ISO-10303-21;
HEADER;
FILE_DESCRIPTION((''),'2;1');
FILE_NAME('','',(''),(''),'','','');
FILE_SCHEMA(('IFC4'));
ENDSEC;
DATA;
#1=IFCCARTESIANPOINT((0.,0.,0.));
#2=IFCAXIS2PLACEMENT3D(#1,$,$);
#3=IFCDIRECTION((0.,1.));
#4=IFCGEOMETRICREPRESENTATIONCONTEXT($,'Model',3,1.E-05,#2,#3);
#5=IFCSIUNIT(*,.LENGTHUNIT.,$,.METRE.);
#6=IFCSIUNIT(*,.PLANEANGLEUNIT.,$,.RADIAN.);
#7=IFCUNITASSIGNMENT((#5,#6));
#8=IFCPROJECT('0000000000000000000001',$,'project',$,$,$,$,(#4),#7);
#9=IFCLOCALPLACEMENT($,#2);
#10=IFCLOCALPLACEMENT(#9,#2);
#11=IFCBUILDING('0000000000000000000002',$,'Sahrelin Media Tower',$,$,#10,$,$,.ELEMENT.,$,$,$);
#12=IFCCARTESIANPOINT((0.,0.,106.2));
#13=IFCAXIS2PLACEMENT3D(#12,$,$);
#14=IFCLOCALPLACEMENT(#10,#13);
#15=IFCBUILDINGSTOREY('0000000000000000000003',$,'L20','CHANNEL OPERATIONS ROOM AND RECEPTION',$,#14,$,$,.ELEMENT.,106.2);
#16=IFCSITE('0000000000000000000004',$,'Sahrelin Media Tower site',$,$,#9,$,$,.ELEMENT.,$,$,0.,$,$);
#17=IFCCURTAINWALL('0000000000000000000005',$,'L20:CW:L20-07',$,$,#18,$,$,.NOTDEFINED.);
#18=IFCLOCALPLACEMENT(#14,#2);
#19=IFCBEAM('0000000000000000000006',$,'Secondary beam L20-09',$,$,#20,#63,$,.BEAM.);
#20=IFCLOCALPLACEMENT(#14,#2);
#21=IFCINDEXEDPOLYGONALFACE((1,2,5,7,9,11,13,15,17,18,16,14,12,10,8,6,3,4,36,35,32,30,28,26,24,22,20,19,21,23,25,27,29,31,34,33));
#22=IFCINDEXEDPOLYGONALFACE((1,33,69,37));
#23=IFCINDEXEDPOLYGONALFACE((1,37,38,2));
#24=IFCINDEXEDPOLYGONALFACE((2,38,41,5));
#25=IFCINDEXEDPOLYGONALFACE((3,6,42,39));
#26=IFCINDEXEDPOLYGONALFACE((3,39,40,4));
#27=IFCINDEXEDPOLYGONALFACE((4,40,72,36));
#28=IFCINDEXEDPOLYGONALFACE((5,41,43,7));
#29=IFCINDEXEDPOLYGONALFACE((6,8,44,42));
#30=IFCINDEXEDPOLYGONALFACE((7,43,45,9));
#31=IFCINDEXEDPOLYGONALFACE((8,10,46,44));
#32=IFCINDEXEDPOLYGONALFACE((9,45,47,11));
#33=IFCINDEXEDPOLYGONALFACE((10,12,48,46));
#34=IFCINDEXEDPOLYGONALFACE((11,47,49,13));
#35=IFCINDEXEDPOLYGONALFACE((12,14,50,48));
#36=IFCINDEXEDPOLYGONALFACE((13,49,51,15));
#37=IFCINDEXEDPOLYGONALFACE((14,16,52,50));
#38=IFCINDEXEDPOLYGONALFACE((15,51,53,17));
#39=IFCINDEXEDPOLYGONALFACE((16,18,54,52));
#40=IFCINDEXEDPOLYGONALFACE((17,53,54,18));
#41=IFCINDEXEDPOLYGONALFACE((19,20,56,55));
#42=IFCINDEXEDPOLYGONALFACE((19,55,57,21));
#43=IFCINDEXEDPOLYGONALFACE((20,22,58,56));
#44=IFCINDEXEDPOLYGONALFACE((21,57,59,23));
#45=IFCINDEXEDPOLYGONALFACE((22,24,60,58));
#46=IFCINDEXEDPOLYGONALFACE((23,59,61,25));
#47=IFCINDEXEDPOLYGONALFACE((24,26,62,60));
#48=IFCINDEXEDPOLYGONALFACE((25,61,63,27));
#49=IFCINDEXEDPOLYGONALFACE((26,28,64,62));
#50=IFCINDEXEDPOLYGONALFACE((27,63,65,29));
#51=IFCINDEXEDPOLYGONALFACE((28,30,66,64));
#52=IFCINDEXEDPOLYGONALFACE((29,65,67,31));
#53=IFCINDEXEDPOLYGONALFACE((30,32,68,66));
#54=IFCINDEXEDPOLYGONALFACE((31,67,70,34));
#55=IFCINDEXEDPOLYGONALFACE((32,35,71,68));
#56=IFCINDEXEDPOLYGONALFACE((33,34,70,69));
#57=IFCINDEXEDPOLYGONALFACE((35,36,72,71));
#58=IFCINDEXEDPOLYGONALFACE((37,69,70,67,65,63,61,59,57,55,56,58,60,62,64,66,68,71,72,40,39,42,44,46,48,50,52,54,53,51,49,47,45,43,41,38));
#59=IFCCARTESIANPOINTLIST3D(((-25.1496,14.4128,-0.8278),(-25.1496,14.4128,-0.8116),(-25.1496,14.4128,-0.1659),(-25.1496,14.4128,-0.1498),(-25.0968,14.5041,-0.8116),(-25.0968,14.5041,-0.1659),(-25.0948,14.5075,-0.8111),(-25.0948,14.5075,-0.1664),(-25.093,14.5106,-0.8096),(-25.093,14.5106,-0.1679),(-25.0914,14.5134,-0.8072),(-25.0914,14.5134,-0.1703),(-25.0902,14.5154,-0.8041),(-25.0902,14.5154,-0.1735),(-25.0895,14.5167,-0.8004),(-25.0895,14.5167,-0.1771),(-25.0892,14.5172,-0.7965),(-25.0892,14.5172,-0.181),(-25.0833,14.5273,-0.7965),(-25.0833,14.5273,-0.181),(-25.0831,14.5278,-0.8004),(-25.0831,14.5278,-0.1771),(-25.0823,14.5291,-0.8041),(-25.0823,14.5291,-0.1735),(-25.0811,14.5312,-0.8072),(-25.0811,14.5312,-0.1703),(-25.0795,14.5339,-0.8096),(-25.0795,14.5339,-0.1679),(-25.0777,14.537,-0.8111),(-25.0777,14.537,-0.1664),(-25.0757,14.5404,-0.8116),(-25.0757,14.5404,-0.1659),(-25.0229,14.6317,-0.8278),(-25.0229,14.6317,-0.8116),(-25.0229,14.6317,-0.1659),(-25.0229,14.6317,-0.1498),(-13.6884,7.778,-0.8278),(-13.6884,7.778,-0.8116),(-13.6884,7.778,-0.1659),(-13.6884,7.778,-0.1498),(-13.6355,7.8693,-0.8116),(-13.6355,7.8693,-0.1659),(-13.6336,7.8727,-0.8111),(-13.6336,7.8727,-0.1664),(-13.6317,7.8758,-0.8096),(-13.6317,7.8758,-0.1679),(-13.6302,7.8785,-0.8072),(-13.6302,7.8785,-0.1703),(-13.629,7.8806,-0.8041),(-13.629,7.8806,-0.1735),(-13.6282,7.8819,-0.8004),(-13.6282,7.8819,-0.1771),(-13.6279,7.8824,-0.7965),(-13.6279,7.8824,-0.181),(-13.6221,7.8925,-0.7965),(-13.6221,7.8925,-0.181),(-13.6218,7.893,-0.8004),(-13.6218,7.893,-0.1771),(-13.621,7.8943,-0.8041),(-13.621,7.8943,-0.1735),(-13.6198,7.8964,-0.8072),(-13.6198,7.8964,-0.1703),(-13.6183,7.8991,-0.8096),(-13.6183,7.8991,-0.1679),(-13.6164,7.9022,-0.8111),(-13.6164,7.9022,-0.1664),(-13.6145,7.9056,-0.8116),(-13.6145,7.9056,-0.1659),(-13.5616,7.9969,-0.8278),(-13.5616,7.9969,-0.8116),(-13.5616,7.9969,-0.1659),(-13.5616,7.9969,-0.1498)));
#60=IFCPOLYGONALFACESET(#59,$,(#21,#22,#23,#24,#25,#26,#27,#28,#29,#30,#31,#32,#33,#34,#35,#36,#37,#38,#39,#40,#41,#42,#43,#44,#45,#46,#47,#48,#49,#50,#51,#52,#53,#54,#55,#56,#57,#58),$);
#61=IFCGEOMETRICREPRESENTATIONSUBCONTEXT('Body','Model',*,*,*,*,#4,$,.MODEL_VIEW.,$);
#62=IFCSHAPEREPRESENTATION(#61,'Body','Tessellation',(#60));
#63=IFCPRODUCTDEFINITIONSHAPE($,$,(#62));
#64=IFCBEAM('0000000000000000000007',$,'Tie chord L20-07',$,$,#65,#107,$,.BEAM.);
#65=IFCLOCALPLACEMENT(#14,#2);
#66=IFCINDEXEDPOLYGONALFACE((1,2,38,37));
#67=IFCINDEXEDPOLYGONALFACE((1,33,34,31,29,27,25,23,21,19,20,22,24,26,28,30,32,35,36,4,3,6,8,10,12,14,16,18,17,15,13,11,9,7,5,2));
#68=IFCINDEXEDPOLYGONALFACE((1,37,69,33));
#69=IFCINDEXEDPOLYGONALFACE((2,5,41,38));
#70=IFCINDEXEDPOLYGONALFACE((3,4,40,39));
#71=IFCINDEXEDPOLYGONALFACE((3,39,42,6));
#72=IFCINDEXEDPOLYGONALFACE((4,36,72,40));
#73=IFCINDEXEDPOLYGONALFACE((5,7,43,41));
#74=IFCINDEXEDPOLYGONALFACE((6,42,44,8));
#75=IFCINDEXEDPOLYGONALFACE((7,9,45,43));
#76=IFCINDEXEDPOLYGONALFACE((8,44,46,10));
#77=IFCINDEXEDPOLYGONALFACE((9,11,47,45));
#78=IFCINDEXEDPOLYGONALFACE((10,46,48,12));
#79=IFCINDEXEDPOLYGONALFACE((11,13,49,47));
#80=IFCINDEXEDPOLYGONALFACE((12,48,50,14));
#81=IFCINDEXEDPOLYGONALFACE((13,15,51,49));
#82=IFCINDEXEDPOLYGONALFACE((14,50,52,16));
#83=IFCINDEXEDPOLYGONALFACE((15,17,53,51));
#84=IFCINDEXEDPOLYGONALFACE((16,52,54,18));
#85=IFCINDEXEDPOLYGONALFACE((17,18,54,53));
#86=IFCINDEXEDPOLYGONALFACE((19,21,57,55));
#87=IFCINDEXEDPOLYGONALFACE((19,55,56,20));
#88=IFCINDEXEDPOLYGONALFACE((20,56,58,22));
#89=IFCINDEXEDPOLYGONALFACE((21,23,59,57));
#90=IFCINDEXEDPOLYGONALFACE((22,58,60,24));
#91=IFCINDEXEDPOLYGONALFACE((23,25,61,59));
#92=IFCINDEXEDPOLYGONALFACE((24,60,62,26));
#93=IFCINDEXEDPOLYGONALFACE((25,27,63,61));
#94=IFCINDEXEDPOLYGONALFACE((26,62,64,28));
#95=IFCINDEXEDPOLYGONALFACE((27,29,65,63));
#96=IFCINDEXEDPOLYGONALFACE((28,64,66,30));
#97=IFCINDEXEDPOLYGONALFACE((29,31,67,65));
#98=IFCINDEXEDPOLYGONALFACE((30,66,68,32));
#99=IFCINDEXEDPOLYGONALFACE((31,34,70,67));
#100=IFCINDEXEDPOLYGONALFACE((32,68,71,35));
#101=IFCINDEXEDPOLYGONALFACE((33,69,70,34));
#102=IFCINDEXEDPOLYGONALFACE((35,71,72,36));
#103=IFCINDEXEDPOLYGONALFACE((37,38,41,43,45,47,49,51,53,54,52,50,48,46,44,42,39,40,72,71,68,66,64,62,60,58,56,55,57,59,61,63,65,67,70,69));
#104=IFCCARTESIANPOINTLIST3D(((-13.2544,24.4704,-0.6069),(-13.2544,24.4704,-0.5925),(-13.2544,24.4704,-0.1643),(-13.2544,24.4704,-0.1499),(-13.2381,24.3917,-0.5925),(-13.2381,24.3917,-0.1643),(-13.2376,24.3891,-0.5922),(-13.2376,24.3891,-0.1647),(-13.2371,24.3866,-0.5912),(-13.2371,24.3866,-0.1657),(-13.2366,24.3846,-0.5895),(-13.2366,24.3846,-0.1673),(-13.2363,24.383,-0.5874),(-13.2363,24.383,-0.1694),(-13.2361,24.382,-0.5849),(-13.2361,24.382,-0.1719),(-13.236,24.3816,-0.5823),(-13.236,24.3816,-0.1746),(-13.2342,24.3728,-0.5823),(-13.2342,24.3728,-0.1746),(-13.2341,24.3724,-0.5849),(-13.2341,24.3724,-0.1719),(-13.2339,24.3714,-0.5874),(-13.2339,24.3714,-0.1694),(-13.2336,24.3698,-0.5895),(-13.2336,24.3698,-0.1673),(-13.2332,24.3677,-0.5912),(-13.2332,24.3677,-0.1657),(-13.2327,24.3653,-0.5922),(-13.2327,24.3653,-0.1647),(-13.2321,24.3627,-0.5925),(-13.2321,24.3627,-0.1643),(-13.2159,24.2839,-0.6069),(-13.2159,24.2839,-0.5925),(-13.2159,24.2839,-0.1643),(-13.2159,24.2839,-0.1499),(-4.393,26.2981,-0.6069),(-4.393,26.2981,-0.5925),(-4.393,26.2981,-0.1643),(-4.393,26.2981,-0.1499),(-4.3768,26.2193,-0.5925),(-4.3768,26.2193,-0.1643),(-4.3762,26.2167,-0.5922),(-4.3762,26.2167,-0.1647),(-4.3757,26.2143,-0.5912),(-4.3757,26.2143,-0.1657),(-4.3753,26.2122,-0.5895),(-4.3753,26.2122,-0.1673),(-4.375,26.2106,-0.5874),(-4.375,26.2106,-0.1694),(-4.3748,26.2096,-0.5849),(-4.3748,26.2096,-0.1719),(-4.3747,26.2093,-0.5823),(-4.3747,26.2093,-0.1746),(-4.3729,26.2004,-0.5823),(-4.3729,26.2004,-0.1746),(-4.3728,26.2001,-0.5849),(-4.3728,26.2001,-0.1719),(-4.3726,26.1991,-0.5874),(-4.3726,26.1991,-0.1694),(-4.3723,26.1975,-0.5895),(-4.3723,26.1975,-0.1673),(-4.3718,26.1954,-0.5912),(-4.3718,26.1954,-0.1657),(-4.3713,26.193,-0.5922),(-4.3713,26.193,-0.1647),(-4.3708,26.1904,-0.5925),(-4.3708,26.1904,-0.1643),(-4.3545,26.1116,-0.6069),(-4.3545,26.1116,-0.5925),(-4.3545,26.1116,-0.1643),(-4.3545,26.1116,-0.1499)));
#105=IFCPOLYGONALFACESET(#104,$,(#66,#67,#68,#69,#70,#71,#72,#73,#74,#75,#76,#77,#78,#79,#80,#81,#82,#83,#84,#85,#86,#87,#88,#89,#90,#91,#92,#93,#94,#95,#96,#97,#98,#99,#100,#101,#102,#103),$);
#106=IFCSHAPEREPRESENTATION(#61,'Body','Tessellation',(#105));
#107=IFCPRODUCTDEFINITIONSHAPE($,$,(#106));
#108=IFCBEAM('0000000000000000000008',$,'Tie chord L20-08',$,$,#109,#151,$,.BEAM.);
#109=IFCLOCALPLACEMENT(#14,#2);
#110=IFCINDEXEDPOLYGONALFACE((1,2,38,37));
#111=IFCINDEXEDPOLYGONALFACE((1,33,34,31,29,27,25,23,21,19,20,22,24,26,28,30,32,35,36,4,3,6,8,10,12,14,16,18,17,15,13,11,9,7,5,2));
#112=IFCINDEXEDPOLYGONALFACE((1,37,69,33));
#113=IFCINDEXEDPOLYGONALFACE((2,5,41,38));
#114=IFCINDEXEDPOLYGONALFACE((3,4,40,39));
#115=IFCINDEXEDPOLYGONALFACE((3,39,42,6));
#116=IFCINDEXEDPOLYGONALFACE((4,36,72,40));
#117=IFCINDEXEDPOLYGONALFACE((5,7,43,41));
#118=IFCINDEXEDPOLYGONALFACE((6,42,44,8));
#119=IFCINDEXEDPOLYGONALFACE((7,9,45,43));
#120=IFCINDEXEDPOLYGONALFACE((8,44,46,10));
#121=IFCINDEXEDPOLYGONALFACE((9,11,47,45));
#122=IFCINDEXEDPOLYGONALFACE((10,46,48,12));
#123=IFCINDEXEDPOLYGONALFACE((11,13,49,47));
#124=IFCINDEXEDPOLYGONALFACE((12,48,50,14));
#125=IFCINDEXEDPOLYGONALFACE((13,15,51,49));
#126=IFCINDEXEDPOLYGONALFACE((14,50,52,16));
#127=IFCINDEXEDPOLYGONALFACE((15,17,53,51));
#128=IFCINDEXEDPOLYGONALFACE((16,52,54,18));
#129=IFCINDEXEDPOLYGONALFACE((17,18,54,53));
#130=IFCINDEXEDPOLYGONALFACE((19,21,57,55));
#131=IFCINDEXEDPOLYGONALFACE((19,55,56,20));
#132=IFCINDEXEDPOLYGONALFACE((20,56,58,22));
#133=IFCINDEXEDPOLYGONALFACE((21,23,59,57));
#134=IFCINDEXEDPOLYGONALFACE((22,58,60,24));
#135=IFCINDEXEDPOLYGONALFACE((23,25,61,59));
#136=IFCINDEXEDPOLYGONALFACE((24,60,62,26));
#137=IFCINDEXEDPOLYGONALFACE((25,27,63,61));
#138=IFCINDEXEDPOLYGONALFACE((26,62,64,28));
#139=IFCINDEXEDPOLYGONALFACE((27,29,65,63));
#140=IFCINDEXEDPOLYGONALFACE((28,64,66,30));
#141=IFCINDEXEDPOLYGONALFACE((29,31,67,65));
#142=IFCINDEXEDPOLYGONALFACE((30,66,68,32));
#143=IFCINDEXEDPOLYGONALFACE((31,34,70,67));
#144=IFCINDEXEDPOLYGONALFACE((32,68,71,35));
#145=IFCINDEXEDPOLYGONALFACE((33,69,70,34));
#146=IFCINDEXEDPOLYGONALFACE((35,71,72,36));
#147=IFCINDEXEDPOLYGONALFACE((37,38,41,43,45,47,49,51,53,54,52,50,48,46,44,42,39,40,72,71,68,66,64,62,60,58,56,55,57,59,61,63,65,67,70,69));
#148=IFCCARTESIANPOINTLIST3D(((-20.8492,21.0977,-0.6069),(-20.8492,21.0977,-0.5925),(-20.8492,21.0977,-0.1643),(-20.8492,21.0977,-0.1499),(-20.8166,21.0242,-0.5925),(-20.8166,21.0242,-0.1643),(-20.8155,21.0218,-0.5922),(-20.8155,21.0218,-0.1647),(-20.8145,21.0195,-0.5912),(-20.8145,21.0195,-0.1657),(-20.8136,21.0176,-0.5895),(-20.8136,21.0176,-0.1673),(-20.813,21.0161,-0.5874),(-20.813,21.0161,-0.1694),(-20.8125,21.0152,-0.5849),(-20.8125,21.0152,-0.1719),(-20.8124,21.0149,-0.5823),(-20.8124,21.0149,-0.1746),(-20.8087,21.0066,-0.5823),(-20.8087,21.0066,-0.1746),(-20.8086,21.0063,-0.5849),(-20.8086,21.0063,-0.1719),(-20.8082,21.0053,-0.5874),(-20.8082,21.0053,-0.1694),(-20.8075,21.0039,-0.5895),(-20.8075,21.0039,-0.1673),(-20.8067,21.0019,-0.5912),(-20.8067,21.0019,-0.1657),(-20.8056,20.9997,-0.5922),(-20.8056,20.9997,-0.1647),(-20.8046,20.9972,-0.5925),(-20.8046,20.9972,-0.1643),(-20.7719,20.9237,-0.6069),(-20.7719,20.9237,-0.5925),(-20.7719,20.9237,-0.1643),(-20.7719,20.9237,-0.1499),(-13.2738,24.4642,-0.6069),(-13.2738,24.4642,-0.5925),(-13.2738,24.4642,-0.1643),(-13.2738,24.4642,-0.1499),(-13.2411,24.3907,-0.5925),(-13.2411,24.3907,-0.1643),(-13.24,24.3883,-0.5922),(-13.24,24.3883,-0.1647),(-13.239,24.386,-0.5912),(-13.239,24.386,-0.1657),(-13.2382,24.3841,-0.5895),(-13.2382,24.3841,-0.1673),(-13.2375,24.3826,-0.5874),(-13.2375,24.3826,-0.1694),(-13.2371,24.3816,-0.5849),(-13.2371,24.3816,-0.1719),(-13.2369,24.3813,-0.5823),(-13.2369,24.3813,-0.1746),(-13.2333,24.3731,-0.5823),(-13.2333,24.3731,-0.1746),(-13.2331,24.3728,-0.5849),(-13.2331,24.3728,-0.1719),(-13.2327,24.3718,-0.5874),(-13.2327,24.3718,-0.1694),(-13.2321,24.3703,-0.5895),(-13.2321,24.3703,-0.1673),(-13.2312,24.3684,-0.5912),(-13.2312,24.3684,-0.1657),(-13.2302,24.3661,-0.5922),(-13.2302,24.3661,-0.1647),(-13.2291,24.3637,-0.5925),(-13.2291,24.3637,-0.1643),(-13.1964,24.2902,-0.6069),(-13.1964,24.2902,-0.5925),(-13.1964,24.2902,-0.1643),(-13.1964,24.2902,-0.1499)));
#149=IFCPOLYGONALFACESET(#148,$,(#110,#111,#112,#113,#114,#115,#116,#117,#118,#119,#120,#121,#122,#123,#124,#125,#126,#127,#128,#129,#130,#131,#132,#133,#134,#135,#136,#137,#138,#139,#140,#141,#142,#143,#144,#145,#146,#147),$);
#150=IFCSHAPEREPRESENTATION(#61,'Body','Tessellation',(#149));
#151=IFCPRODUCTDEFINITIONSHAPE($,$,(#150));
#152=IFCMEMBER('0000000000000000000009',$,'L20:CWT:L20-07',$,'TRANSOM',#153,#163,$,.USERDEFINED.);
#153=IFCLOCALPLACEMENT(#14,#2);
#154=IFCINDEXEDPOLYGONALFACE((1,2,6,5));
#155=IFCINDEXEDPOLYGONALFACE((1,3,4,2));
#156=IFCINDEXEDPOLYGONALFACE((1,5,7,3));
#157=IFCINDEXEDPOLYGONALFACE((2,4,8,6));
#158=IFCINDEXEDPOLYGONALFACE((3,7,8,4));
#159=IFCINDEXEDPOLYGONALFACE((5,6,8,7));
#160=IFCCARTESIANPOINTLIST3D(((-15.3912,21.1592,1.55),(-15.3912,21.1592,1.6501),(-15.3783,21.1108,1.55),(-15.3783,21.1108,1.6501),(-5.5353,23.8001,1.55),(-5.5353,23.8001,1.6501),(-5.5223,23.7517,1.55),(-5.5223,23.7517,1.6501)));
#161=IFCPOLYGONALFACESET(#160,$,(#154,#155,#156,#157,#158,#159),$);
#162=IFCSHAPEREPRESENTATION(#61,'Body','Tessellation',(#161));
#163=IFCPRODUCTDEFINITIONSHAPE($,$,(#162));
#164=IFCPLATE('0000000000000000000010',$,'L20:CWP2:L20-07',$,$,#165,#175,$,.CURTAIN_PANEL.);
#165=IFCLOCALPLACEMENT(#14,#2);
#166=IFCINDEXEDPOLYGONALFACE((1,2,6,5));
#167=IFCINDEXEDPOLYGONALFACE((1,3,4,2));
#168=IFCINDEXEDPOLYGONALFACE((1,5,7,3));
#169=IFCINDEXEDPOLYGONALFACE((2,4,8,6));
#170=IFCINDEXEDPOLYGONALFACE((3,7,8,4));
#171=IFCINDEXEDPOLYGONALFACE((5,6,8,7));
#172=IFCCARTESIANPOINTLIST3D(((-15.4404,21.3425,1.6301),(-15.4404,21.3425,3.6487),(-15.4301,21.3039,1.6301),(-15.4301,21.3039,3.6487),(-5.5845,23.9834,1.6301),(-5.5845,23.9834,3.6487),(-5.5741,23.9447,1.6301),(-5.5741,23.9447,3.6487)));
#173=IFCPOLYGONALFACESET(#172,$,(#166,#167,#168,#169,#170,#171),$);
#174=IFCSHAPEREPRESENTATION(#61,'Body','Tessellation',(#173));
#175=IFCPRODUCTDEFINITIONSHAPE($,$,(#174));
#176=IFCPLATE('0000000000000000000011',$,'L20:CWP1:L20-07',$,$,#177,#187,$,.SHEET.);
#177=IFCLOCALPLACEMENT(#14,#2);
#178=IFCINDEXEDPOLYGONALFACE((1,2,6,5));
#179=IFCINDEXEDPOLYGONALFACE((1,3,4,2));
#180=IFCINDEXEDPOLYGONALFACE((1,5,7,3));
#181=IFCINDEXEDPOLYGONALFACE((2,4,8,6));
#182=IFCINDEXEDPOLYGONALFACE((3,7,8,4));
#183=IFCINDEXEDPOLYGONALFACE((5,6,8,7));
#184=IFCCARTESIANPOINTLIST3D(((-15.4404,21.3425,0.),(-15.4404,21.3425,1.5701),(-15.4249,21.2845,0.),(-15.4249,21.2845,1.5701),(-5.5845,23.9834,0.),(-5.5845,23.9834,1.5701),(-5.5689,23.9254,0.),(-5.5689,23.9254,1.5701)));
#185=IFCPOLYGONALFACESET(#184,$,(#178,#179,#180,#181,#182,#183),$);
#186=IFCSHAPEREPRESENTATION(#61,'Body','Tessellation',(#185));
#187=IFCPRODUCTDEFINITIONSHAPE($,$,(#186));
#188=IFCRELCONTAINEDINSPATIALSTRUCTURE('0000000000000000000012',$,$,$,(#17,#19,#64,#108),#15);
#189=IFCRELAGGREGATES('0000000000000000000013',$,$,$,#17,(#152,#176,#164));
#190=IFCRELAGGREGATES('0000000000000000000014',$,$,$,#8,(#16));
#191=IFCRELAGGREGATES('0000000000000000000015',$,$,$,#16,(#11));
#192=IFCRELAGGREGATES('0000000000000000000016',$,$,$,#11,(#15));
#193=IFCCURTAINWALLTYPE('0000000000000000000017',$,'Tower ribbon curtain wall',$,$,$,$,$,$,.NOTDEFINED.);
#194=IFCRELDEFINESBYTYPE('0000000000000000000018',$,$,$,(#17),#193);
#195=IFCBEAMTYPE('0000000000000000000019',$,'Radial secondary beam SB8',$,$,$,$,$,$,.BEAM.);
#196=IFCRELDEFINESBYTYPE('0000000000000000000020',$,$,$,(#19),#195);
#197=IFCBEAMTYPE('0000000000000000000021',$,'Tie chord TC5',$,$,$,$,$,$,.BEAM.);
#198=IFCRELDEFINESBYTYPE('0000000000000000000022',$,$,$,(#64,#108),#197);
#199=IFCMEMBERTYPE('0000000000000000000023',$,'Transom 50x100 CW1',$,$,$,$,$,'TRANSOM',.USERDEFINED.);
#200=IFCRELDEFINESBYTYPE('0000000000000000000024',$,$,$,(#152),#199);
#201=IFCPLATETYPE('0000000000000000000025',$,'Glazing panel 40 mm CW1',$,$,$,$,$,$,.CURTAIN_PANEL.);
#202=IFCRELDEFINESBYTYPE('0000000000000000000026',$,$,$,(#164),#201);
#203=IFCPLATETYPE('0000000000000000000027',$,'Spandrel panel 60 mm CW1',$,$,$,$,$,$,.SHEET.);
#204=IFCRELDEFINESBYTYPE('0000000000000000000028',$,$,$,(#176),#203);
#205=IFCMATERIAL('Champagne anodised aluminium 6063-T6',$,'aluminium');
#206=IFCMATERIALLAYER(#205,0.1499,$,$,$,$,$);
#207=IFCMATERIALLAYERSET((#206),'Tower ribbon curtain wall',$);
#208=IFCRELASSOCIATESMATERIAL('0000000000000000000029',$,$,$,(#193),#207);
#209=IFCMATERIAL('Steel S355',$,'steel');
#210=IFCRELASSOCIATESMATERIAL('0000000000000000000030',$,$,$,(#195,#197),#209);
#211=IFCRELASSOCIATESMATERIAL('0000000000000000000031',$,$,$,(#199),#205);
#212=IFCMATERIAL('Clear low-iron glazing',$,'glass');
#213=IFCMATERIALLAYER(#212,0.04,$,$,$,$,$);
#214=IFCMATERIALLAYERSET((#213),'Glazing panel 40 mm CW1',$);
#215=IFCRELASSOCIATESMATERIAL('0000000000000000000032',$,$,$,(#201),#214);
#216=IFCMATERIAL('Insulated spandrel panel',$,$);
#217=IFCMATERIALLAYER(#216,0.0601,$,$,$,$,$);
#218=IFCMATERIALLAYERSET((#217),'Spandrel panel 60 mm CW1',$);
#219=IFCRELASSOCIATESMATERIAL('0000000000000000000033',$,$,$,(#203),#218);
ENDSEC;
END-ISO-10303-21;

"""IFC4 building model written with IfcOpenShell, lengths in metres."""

from ifc_helpers import new_model, si_unit, direction, frame, origin, origin_2d, place, context, subcontext, project, spatial, polyline, rectangle, i_section, outline, extrude, material, layer, layer_set, material_profile, profile_set, type_object, element, aggregate, save


model = new_model("IFC4")

# Units and contexts
model_context = context("Model", 3, precision=1e-05, world=origin(), true_north=direction((0.0, 1.0)))
body_context = subcontext(model_context, "Body", "Model", "MODEL_VIEW")
ifc_project = project(units=[si_unit("LENGTHUNIT", "METRE"), si_unit("PLANEANGLEUNIT", "RADIAN")], contexts=[model_context])

# Site, building, storey
site_placement = place(None, origin())
site = spatial("IfcSite", under=ifc_project, at=site_placement, Name="Sahrelin Media Tower site", CompositionType="ELEMENT", RefElevation=0.0)
building_placement = place(site_placement, origin())
building = spatial("IfcBuilding", under=site, at=building_placement, Name="Sahrelin Media Tower", CompositionType="ELEMENT")
storey_placement = place(building_placement, frame((0.0, 0.0, 106.2)))
storey = spatial("IfcBuildingStorey", under=building, at=storey_placement, Name="L20", Description="CHANNEL OPERATIONS ROOM AND RECEPTION", CompositionType="ELEMENT", Elevation=106.2)

# Shared definitions
ifc_material_1 = material(Name="Steel S355", Category="steel")

# Curtain wall
ifc_material_2 = material(Name="Champagne anodised aluminium 6063-T6", Category="aluminium")
ifc_layer_1 = layer(ifc_material_2, 0.1499)
ifc_layer_set_1 = layer_set([ifc_layer_1], Name="Tower ribbon curtain wall")
curtain_wall_type = type_object("IfcCurtainWallType", Name="Tower ribbon curtain wall", PredefinedType="NOTDEFINED", material=ifc_layer_set_1)
curtain_wall_1_placement = place(storey_placement, frame((-10.5071, 22.6438, 0.0), z_axis=(0.0, 0.0, 1.0), x_axis=(1.0, 0.0, 0.0)))
curtain_wall_1 = element("IfcCurtainWall", 1, at=curtain_wall_1_placement, inside=storey, type_object=curtain_wall_type, Name="L20:CW:L20-07", PredefinedType="NOTDEFINED")

# Beams
ifc_material_profile_1 = material_profile(ifc_material_1, i_section(OverallWidth=0.2529, OverallDepth=0.678, WebThickness=0.0117, FlangeThickness=0.0161, FilletRadius=0.0151, at=origin_2d()), Name="UB 686x254x125")
ifc_profile_set_1 = profile_set([ifc_material_profile_1], Name="Steel S355")
beam_type_1 = type_object("IfcBeamType", Name="Radial secondary beam SB8", PredefinedType="BEAM", material=ifc_profile_set_1)
beam_1_placement = place(storey_placement, frame((-13.625, 7.8875, -0.4888), z_axis=(-0.865448, 0.500999, 0.0), x_axis=(-0.500999, -0.865448, 0.0)))
element("IfcBeam", 2, at=beam_1_placement, inside=storey, type_object=beam_type_1, Name="Secondary beam L20-09", PredefinedType="BEAM", context=body_context, shape_type="SweptSolid", body=[
    extrude(i_section(OverallWidth=0.2529, OverallDepth=0.678, WebThickness=0.0117, FlangeThickness=0.0161, FilletRadius=0.0151, at=origin_2d()), origin(), (0.0, 0.0, 1.0), 13.2432),
])
ifc_material_profile_2 = material_profile(ifc_material_1, i_section(OverallWidth=0.1904, OverallDepth=0.457, WebThickness=0.009, FlangeThickness=0.0144, FilletRadius=0.0103, at=origin_2d()), Name="UB 457x191x74")
ifc_profile_set_2 = profile_set([ifc_material_profile_2], Name="Steel S355")
beam_type_2 = type_object("IfcBeamType", Name="Tie chord TC5", PredefinedType="BEAM", material=ifc_profile_set_2)
beam_2_placement = place(storey_placement, frame((-4.3738, 26.2048, -0.3784), z_axis=(-0.979386, -0.201997, 0.0), x_axis=(0.201997, -0.979386, 0.0)))
element("IfcBeam", 3, at=beam_2_placement, inside=storey, type_object=beam_type_2, Name="Tie chord L20-07", PredefinedType="BEAM", context=body_context, shape_type="SweptSolid", body=[
    extrude(i_section(OverallWidth=0.1904, OverallDepth=0.457, WebThickness=0.009, FlangeThickness=0.0144, FilletRadius=0.0103, at=origin_2d()), origin(), (0.0, 0.0, 1.0), 9.0479),
])
beam_3_placement = place(storey_placement, frame((-13.2351, 24.3772, -0.3784), z_axis=(-0.91383, -0.406097, 0.0), x_axis=(0.406097, -0.91383, 0.0)))
element("IfcBeam", 4, at=beam_3_placement, inside=storey, type_object=beam_type_2, Name="Tie chord L20-08", PredefinedType="BEAM", context=body_context, shape_type="SweptSolid", body=[
    extrude(i_section(OverallWidth=0.1904, OverallDepth=0.457, WebThickness=0.009, FlangeThickness=0.0144, FilletRadius=0.0103, at=origin_2d()), origin(), (0.0, 0.0, 1.0), 8.2898),
])

# Member
ifc_material_profile_3 = material_profile(ifc_material_2, rectangle(XDim=0.05, YDim=0.1001, at=origin_2d()), Name="Transom 50x100")
ifc_profile_set_3 = profile_set([ifc_material_profile_3], Name="Champagne anodised aluminium 6063-T6")
member_type_1 = type_object("IfcMemberType", Name="Transom 50x100 CW1", ElementType="TRANSOM", PredefinedType="USERDEFINED", material=ifc_profile_set_3)
member_1_placement = place(storey_placement, frame((-5.5288, 23.7759, 1.6001), z_axis=(-0.965926, -0.258817, 0.0), x_axis=(0.258817, -0.965926, 0.0)))
member_1 = element("IfcMember", 5, at=member_1_placement, type_object=member_type_1, Name="L20:CWT:L20-07", ObjectType="TRANSOM", PredefinedType="USERDEFINED", context=body_context, shape_type="SweptSolid", body=[
    extrude(rectangle(XDim=0.05, YDim=0.1001, at=origin_2d()), origin(), (0.0, 0.0, 1.0), 10.2036),
])

# Plates
ifc_material_3 = material(Name="Clear low-iron glazing", Category="glass")
ifc_layer_2 = layer(ifc_material_3, 0.04)
ifc_layer_set_2 = layer_set([ifc_layer_2], Name="Glazing panel 40 mm CW1")
plate_type_1 = type_object("IfcPlateType", Name="Glazing panel 40 mm CW1", PredefinedType="CURTAIN_PANEL", material=ifc_layer_set_2)
plate_1_placement = place(storey_placement, frame((-5.5845, 23.9834, 1.6301), z_axis=(-0.258817, 0.965926, 0.0), x_axis=(-0.965926, -0.258817, 0.0)))
plate_1 = element("IfcPlate", 6, at=plate_1_placement, type_object=plate_type_1, Name="L20:CWP2:L20-07", PredefinedType="CURTAIN_PANEL", context=body_context, shape_type="SweptSolid", body=[
    extrude(outline(polyline([(0.0, 0.0), (10.2036, 0.0), (10.2036, 2.0186), (0.0, 2.0186), (0.0, 0.0)])), origin(), (0.0, 0.0, -1.0), 0.04),
])
ifc_material_4 = material(Name="Insulated spandrel panel")
ifc_layer_3 = layer(ifc_material_4, 0.0601)
ifc_layer_set_3 = layer_set([ifc_layer_3], Name="Spandrel panel 60 mm CW1")
plate_type_2 = type_object("IfcPlateType", Name="Spandrel panel 60 mm CW1", PredefinedType="SHEET", material=ifc_layer_set_3)
plate_2_placement = place(storey_placement, frame((-5.5845, 23.9834, 0.0), z_axis=(-0.258817, 0.965926, 0.0), x_axis=(-0.965926, -0.258817, 0.0)))
plate_2 = element("IfcPlate", 7, at=plate_2_placement, type_object=plate_type_2, Name="L20:CWP1:L20-07", PredefinedType="SHEET", context=body_context, shape_type="SweptSolid", body=[
    extrude(outline(polyline([(0.0, 0.0), (10.2036, 0.0), (10.2036, 1.5701), (0.0, 1.5701), (0.0, 0.0)])), origin(), (0.0, 0.0, -1.0), 0.0601),
])
aggregate(curtain_wall_1, [member_1, plate_2, plate_1])

save(model, "model.ifc")
